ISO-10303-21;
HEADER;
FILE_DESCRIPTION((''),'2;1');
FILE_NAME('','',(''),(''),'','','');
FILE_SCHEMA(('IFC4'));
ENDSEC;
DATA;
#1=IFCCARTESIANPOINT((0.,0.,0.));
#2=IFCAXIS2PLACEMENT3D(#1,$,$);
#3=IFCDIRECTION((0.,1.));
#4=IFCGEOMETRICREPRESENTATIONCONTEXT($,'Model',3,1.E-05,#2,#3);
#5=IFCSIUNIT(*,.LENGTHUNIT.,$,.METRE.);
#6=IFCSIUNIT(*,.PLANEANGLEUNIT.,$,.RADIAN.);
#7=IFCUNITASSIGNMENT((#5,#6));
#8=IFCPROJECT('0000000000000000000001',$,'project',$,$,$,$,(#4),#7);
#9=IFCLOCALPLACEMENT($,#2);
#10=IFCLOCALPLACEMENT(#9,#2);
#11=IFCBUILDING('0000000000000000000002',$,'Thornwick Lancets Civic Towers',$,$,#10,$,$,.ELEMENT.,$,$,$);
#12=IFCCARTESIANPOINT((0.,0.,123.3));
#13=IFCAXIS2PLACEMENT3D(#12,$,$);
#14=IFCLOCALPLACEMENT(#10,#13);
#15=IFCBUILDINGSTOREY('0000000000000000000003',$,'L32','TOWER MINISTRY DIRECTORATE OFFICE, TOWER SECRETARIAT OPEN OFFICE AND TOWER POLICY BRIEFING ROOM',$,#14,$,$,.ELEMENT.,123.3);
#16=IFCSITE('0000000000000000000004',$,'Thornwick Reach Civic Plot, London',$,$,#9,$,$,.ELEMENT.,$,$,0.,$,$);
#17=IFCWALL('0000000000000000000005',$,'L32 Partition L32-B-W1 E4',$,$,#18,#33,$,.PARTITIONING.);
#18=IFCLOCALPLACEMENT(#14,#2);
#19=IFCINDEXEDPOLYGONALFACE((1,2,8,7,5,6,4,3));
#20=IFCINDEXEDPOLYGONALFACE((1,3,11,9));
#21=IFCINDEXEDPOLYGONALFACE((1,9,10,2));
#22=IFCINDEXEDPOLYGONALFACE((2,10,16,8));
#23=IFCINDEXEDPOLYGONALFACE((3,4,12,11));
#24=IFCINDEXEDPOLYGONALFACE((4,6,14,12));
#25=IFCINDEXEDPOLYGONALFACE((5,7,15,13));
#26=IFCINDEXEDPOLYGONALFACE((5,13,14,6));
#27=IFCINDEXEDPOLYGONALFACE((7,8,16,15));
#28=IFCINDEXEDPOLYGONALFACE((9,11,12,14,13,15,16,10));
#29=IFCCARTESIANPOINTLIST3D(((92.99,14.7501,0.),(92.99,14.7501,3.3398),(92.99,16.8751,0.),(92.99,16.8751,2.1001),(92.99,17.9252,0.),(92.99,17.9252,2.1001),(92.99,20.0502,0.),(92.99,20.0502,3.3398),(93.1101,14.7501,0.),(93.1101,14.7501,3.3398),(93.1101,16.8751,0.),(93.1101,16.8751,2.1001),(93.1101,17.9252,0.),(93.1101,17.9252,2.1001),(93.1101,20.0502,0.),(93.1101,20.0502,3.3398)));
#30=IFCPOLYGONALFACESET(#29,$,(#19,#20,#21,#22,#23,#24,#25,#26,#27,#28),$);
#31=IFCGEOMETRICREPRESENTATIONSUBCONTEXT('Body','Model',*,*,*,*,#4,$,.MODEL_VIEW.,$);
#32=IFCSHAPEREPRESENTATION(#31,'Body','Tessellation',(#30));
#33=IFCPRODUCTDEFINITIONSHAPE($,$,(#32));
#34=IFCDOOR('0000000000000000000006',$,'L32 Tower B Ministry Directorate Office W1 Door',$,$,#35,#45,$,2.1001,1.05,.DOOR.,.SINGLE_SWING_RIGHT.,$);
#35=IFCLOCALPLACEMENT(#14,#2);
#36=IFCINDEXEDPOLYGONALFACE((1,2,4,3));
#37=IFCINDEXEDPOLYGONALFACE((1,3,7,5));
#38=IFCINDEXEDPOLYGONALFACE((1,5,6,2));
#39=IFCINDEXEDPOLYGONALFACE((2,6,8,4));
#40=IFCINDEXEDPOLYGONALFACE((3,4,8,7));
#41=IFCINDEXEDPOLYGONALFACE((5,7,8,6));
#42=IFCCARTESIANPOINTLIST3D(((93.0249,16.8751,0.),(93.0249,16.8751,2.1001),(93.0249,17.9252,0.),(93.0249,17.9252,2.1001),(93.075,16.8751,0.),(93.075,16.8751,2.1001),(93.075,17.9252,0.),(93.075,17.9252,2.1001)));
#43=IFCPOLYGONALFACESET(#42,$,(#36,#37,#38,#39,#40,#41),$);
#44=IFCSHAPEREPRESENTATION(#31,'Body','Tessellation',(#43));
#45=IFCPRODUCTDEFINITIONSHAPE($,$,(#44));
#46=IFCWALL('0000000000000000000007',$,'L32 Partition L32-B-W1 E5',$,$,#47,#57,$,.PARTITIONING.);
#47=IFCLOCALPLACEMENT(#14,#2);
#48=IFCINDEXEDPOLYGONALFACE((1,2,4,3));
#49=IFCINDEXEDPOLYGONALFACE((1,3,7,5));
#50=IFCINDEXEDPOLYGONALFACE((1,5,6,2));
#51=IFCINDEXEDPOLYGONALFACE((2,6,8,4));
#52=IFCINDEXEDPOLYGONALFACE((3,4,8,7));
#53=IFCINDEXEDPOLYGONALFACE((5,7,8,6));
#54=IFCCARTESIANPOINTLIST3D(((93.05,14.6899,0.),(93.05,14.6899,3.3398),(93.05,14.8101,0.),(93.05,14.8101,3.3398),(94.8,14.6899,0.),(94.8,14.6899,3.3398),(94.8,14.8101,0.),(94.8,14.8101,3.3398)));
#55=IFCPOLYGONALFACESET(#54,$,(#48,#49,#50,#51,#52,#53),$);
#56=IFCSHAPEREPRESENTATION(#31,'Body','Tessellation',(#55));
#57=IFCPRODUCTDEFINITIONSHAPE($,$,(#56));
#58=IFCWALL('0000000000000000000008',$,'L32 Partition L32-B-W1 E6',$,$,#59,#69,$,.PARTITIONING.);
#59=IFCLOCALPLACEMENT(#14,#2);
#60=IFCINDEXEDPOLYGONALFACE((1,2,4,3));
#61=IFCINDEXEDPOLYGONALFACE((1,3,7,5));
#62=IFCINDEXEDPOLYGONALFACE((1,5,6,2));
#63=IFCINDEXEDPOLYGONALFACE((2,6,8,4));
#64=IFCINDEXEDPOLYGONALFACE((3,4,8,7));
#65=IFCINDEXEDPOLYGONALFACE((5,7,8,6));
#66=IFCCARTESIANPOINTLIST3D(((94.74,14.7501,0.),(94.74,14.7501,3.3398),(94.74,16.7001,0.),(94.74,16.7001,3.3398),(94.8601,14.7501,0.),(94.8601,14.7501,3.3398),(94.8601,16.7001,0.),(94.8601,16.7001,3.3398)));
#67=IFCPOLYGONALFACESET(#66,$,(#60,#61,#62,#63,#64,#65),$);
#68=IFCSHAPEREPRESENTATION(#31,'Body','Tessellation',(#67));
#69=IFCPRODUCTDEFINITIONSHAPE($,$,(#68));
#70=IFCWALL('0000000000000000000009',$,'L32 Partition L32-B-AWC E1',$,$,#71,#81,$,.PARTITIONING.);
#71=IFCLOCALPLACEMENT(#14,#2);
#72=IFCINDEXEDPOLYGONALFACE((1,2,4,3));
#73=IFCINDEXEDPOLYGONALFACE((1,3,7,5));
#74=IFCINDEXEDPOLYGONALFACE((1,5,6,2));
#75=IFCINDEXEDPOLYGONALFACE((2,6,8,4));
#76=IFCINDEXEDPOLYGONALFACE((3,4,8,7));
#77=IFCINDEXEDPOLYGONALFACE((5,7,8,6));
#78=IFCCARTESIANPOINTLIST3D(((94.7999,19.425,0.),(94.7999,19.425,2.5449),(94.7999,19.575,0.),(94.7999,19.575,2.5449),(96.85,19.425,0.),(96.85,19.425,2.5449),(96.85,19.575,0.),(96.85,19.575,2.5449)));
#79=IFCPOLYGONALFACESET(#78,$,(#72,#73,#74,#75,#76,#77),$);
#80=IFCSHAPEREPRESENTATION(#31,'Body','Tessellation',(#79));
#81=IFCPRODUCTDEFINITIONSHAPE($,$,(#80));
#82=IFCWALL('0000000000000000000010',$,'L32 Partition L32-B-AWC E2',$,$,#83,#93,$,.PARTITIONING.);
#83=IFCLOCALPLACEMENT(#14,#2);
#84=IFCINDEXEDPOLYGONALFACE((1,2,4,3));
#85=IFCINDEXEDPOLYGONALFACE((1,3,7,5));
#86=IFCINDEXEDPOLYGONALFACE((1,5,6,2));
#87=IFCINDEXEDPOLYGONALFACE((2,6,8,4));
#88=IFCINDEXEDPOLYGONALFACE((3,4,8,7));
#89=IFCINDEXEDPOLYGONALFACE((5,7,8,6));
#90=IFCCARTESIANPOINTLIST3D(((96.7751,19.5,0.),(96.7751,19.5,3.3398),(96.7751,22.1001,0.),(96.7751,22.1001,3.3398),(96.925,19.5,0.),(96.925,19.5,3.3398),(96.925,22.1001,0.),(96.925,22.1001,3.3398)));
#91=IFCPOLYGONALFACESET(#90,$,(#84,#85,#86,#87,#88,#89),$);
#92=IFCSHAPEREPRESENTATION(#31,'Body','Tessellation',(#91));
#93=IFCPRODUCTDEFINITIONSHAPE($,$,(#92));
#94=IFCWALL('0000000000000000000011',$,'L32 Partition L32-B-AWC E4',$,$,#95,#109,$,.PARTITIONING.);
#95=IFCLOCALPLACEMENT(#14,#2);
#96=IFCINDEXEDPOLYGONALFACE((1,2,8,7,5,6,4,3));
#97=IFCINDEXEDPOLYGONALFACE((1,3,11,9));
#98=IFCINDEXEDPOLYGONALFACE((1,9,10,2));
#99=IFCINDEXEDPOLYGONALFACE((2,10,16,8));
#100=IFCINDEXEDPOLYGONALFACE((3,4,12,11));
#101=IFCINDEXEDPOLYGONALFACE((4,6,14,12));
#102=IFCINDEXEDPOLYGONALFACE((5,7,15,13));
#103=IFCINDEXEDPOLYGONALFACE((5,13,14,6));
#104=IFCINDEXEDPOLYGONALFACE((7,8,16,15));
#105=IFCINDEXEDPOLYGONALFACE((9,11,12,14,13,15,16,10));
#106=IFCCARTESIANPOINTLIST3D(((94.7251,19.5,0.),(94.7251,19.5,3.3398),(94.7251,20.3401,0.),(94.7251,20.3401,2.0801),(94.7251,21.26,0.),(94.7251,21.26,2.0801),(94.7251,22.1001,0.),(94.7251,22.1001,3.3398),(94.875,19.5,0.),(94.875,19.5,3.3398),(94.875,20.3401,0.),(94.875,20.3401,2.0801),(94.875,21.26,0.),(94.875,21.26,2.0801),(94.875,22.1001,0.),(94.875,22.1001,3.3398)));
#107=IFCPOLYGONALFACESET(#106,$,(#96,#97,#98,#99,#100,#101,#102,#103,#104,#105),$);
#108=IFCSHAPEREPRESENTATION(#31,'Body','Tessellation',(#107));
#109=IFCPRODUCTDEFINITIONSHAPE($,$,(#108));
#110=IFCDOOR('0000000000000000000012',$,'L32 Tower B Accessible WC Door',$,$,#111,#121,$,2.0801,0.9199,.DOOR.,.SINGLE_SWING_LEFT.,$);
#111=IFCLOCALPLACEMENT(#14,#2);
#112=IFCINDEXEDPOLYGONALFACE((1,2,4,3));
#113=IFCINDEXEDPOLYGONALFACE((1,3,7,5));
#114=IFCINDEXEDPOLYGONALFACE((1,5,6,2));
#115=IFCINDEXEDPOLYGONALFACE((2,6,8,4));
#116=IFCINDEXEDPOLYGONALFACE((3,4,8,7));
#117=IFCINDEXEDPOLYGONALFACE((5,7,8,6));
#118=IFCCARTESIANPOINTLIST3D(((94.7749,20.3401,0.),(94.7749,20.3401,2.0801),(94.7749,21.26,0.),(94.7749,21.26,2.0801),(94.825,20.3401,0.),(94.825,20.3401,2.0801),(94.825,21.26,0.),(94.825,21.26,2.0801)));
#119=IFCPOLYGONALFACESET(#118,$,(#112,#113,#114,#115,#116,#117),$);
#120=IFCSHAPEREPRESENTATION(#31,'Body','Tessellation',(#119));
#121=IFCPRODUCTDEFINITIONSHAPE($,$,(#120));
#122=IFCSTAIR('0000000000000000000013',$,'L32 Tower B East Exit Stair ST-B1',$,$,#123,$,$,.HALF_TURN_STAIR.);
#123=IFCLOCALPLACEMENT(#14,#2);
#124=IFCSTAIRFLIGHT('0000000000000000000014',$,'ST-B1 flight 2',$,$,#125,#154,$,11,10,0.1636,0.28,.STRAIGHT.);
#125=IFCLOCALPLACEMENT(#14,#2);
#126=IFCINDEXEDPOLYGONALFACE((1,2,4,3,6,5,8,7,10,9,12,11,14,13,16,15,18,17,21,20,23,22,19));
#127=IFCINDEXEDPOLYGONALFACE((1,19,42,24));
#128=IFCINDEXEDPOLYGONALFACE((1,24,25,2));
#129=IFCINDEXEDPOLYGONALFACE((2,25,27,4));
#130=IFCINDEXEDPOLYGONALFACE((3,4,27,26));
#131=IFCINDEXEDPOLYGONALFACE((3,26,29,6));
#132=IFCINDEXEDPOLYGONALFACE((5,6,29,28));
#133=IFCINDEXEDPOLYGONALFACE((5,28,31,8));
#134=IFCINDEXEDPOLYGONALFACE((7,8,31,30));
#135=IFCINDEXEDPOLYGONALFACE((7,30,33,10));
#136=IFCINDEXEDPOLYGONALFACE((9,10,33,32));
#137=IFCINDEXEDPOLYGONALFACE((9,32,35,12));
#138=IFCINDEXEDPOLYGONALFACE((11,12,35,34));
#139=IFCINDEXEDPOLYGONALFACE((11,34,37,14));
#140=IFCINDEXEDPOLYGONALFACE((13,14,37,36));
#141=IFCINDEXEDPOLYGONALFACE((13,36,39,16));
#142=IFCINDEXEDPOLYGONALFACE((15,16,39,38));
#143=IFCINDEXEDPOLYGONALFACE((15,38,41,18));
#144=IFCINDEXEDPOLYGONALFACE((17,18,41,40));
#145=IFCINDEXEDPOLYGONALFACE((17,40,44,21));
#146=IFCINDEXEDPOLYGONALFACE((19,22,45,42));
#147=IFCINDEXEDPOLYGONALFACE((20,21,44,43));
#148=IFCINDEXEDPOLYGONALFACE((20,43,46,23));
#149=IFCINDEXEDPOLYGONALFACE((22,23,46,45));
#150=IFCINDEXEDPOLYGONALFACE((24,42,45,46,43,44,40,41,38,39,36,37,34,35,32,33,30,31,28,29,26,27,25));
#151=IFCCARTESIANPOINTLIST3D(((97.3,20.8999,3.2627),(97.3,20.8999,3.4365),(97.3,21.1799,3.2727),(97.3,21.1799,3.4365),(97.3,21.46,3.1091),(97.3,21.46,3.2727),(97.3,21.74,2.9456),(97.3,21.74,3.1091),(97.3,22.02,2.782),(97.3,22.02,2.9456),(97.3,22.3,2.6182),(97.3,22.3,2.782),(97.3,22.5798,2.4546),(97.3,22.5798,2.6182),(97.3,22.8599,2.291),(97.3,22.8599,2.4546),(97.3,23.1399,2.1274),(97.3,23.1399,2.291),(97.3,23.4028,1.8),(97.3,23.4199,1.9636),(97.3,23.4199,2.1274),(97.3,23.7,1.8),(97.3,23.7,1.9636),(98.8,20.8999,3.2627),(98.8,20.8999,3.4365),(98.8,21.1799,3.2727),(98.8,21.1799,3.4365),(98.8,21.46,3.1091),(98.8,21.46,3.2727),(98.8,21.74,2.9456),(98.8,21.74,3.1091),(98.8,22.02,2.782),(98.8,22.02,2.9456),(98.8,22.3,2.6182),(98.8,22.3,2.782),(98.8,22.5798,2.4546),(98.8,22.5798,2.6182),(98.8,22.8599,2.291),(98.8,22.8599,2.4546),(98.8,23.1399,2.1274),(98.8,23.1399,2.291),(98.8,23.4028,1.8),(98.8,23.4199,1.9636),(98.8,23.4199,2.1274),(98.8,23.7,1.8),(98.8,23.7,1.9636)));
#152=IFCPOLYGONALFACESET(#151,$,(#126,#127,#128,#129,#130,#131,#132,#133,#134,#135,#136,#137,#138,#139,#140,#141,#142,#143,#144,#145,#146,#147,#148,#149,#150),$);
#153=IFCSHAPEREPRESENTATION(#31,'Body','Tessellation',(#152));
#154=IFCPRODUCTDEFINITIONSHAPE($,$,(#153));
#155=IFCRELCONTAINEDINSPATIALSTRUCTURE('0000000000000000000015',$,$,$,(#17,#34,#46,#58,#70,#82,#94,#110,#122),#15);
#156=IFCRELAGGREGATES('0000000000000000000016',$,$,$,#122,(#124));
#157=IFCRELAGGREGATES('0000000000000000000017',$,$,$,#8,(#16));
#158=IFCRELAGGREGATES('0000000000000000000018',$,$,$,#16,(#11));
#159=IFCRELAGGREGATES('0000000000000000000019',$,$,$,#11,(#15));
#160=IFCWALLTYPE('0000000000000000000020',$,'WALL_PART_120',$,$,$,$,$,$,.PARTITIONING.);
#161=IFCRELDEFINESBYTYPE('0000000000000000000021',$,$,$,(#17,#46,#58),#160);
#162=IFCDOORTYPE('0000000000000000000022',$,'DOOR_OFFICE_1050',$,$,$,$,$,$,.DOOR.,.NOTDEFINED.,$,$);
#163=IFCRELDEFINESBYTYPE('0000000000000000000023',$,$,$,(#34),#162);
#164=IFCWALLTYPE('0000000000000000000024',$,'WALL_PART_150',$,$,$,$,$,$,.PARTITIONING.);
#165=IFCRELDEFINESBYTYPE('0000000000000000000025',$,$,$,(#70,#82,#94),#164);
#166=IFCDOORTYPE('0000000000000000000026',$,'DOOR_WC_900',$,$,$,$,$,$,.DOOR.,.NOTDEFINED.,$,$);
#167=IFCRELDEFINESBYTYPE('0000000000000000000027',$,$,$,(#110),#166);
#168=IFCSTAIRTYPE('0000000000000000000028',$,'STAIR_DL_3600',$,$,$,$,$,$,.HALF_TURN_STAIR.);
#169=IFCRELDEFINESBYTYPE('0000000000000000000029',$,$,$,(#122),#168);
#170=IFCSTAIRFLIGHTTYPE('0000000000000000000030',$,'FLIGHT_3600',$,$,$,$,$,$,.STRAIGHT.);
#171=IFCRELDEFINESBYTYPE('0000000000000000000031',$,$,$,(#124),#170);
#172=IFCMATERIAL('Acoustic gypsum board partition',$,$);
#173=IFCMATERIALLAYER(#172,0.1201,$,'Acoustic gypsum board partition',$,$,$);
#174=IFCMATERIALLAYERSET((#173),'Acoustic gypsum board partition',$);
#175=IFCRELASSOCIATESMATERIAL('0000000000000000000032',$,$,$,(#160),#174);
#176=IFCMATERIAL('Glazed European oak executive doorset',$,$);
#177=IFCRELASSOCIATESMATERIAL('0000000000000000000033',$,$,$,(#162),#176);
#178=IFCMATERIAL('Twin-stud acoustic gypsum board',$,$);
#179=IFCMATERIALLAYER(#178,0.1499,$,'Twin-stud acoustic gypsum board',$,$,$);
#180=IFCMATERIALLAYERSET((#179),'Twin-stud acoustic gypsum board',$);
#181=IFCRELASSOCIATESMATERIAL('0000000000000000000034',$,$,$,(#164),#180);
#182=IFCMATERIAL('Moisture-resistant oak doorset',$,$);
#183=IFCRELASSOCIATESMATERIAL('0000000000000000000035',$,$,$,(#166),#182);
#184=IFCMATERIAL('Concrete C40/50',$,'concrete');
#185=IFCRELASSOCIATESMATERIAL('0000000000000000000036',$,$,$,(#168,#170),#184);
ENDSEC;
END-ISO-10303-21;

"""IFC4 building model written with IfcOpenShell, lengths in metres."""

from ifc_helpers import new_model, si_unit, direction, frame, frame_2d, origin, place, context, subcontext, project, spatial, polyline, rectangle, outline, extrude, material, layer, layer_set, type_object, element, fill, aggregate, save


model = new_model("IFC4")

# Units and contexts
model_context = context("Model", 3, precision=1e-05, world=origin(), true_north=direction((0.0, 1.0)))
body_context = subcontext(model_context, "Body", "Model", "MODEL_VIEW")
ifc_project = project(units=[si_unit("LENGTHUNIT", "METRE"), si_unit("PLANEANGLEUNIT", "RADIAN")], contexts=[model_context])

# Site, building, storey
site_placement = place(None, origin())
site = spatial("IfcSite", under=ifc_project, at=site_placement, Name="Thornwick Reach Civic Plot, London", CompositionType="ELEMENT", RefElevation=0.0)
building_placement = place(site_placement, origin())
building = spatial("IfcBuilding", under=site, at=building_placement, Name="Thornwick Lancets Civic Towers", CompositionType="ELEMENT")
storey_placement = place(building_placement, frame((0.0, 0.0, 123.3)))
storey = spatial("IfcBuildingStorey", under=building, at=storey_placement, Name="L32", Description="TOWER MINISTRY DIRECTORATE OFFICE, TOWER SECRETARIAT OPEN OFFICE AND TOWER POLICY BRIEFING ROOM", CompositionType="ELEMENT", Elevation=123.3)

# Shared definitions
ifc_material_1 = material(Name="Acoustic gypsum board partition")
ifc_layer_1 = layer(ifc_material_1, 0.1201, Name="Acoustic gypsum board partition")
ifc_layer_set_1 = layer_set([ifc_layer_1], Name="Acoustic gypsum board partition")
wall_type_1 = type_object("IfcWallType", Name="WALL_PART_120", PredefinedType="PARTITIONING", material=ifc_layer_set_1)

# Wall, opening, door
wall_1_placement = place(storey_placement, frame((93.05, 20.05, 0.0), z_axis=(0.0, 0.0, 1.0), x_axis=(0.0, -1.0, 0.0)))
wall_1 = element("IfcWall", 1, at=wall_1_placement, inside=storey, type_object=wall_type_1, Name="L32 Partition L32-B-W1 E4", PredefinedType="PARTITIONING", context=body_context, shape_type="SweptSolid", body=[
    extrude(rectangle(XDim=5.3, YDim=0.1201, at=frame_2d((2.6499, 0.0))), origin(), (0.0, 0.0, 1.0), 3.3398),
])
opening_1_placement = place(wall_1_placement, frame((2.125, 0.0, 0.0)))
opening_1 = element("IfcOpeningElement", 2, at=opening_1_placement, cuts=wall_1, PredefinedType="OPENING", context=body_context, shape_type="SweptSolid", body=[
    extrude(rectangle(XDim=1.05, YDim=2.1001, at=frame_2d((0.5249, 1.05))), frame((0.0, 0.0701, 0.0), z_axis=(0.0, -1.0, 0.0), x_axis=(1.0, 0.0, 0.0)), (0.0, 0.0, 1.0), 0.1401),
])
ifc_material_2 = material(Name="Glazed European oak executive doorset")
door_type_1 = type_object("IfcDoorType", Name="DOOR_OFFICE_1050", OperationType="NOTDEFINED", PredefinedType="DOOR", material=ifc_material_2)
door_1_placement = place(opening_1_placement, origin())
door_1 = element("IfcDoor", 3, at=door_1_placement, inside=storey, type_object=door_type_1, Name="L32 Tower B Ministry Directorate Office W1 Door", OperationType="SINGLE_SWING_RIGHT", OverallHeight=2.1001, OverallWidth=1.05, PredefinedType="DOOR", context=body_context, shape_type="SweptSolid", body=[
    extrude(rectangle(XDim=1.05, YDim=2.1001, at=frame_2d((0.5249, 1.05))), frame((0.0, 0.0249, 0.0), z_axis=(0.0, -1.0, 0.0), x_axis=(1.0, 0.0, 0.0)), (0.0, 0.0, 1.0), 0.05),
])
fill(opening_1, door_1)

# Walls
wall_2_placement = place(storey_placement, frame((93.05, 14.75, 0.0), z_axis=(0.0, 0.0, 1.0), x_axis=(1.0, 0.0, 0.0)))
element("IfcWall", 4, at=wall_2_placement, inside=storey, type_object=wall_type_1, Name="L32 Partition L32-B-W1 E5", PredefinedType="PARTITIONING", context=body_context, shape_type="SweptSolid", body=[
    extrude(rectangle(XDim=1.75, YDim=0.1201, at=frame_2d((0.875, 0.0))), origin(), (0.0, 0.0, 1.0), 3.3398),
])
wall_3_placement = place(storey_placement, frame((94.8, 14.75, 0.0), z_axis=(0.0, 0.0, 1.0), x_axis=(0.0, 1.0, 0.0)))
element("IfcWall", 5, at=wall_3_placement, inside=storey, type_object=wall_type_1, Name="L32 Partition L32-B-W1 E6", PredefinedType="PARTITIONING", context=body_context, shape_type="SweptSolid", body=[
    extrude(rectangle(XDim=1.95, YDim=0.1201, at=frame_2d((0.9751, 0.0))), origin(), (0.0, 0.0, 1.0), 3.3398),
])
ifc_material_3 = material(Name="Twin-stud acoustic gypsum board")
ifc_layer_2 = layer(ifc_material_3, 0.1499, Name="Twin-stud acoustic gypsum board")
ifc_layer_set_2 = layer_set([ifc_layer_2], Name="Twin-stud acoustic gypsum board")
wall_type_2 = type_object("IfcWallType", Name="WALL_PART_150", PredefinedType="PARTITIONING", material=ifc_layer_set_2)
wall_4_placement = place(storey_placement, frame((94.8, 19.5, 0.0), z_axis=(0.0, 0.0, 1.0), x_axis=(1.0, 0.0, 0.0)))
element("IfcWall", 6, at=wall_4_placement, inside=storey, type_object=wall_type_2, Name="L32 Partition L32-B-AWC E1", PredefinedType="PARTITIONING", context=body_context, shape_type="SweptSolid", body=[
    extrude(rectangle(XDim=2.05, YDim=0.1499, at=frame_2d((1.0249, 0.0))), origin(), (0.0, 0.0, 1.0), 2.5449),
])
wall_5_placement = place(storey_placement, frame((96.8501, 19.5, 0.0), z_axis=(0.0, 0.0, 1.0), x_axis=(0.0, 1.0, 0.0)))
element("IfcWall", 7, at=wall_5_placement, inside=storey, type_object=wall_type_2, Name="L32 Partition L32-B-AWC E2", PredefinedType="PARTITIONING", context=body_context, shape_type="SweptSolid", body=[
    extrude(rectangle(XDim=2.6001, YDim=0.1499, at=frame_2d((1.3, 0.0))), origin(), (0.0, 0.0, 1.0), 3.3398),
])

# Wall, opening, door
wall_6_placement = place(storey_placement, frame((94.8, 22.1001, 0.0), z_axis=(0.0, 0.0, 1.0), x_axis=(0.0, -1.0, 0.0)))
wall_6 = element("IfcWall", 8, at=wall_6_placement, inside=storey, type_object=wall_type_2, Name="L32 Partition L32-B-AWC E4", PredefinedType="PARTITIONING", context=body_context, shape_type="SweptSolid", body=[
    extrude(rectangle(XDim=2.6001, YDim=0.1499, at=frame_2d((1.3, 0.0))), origin(), (0.0, 0.0, 1.0), 3.3398),
])
opening_2_placement = place(wall_6_placement, frame((0.8401, 0.0, 0.0)))
opening_2 = element("IfcOpeningElement", 9, at=opening_2_placement, cuts=wall_6, PredefinedType="OPENING", context=body_context, shape_type="SweptSolid", body=[
    extrude(rectangle(XDim=0.9199, YDim=2.0801, at=frame_2d((0.46, 1.04))), frame((0.0, 0.085, 0.0), z_axis=(0.0, -1.0, 0.0), x_axis=(1.0, 0.0, 0.0)), (0.0, 0.0, 1.0), 0.1699),
])
ifc_material_4 = material(Name="Moisture-resistant oak doorset")
door_type_2 = type_object("IfcDoorType", Name="DOOR_WC_900", OperationType="NOTDEFINED", PredefinedType="DOOR", material=ifc_material_4)
door_2_placement = place(opening_2_placement, origin())
door_2 = element("IfcDoor", 10, at=door_2_placement, inside=storey, type_object=door_type_2, Name="L32 Tower B Accessible WC Door", OperationType="SINGLE_SWING_LEFT", OverallHeight=2.0801, OverallWidth=0.9199, PredefinedType="DOOR", context=body_context, shape_type="SweptSolid", body=[
    extrude(rectangle(XDim=0.9199, YDim=2.0801, at=frame_2d((0.46, 1.04))), frame((0.0, 0.0249, 0.0), z_axis=(0.0, -1.0, 0.0), x_axis=(1.0, 0.0, 0.0)), (0.0, 0.0, 1.0), 0.05),
])
fill(opening_2, door_2)

# Stair, stair flight
ifc_material_5 = material(Name="Concrete C40/50", Category="concrete")
stair_type = type_object("IfcStairType", Name="STAIR_DL_3600", PredefinedType="HALF_TURN_STAIR", material=ifc_material_5)
stair_placement = place(storey_placement, origin())
stair = element("IfcStair", 11, at=stair_placement, inside=storey, type_object=stair_type, Name="L32 Tower B East Exit Stair ST-B1", PredefinedType="HALF_TURN_STAIR")
stair_flight_type = type_object("IfcStairFlightType", Name="FLIGHT_3600", PredefinedType="STRAIGHT", material=ifc_material_5)
stair_flight_placement = place(storey_placement, frame((98.05, 23.7, 1.8), z_axis=(0.0, 0.0, 1.0), x_axis=(0.0, -1.0, 0.0)))
stair_flight = element("IfcStairFlight", 12, at=stair_flight_placement, type_object=stair_flight_type, Name="ST-B1 flight 2", NumberOfRisers=11, NumberOfTreads=10, PredefinedType="STRAIGHT", RiserHeight=0.1636, TreadLength=0.28, context=body_context, shape_type="SweptSolid", body=[
    extrude(outline(polyline([(0.0, 0.0), (0.0, 0.1636), (0.28, 0.1636), (0.28, 0.3274), (0.5601, 0.3274), (0.5601, 0.491), (0.8401, 0.491), (0.8401, 0.6545), (1.1201, 0.6545), (1.1201, 0.8181), (1.3999, 0.8181), (1.3999, 0.9819), (1.6799, 0.9819), (1.6799, 1.1455), (1.96, 1.1455), (1.96, 1.3091), (2.24, 1.3091), (2.24, 1.4727), (2.52, 1.4727), (2.52, 1.6365), (2.8, 1.6365), (2.8, 1.8), (2.8, 1.4626), (0.2971, 0.0), (0.0, 0.0)])), frame((0.0, 0.75, 0.0), z_axis=(0.0, -1.0, 0.0), x_axis=(1.0, 0.0, 0.0)), (0.0, 0.0, 1.0), 1.5),
])
aggregate(stair, [stair_flight])

save(model, "model.ifc")
